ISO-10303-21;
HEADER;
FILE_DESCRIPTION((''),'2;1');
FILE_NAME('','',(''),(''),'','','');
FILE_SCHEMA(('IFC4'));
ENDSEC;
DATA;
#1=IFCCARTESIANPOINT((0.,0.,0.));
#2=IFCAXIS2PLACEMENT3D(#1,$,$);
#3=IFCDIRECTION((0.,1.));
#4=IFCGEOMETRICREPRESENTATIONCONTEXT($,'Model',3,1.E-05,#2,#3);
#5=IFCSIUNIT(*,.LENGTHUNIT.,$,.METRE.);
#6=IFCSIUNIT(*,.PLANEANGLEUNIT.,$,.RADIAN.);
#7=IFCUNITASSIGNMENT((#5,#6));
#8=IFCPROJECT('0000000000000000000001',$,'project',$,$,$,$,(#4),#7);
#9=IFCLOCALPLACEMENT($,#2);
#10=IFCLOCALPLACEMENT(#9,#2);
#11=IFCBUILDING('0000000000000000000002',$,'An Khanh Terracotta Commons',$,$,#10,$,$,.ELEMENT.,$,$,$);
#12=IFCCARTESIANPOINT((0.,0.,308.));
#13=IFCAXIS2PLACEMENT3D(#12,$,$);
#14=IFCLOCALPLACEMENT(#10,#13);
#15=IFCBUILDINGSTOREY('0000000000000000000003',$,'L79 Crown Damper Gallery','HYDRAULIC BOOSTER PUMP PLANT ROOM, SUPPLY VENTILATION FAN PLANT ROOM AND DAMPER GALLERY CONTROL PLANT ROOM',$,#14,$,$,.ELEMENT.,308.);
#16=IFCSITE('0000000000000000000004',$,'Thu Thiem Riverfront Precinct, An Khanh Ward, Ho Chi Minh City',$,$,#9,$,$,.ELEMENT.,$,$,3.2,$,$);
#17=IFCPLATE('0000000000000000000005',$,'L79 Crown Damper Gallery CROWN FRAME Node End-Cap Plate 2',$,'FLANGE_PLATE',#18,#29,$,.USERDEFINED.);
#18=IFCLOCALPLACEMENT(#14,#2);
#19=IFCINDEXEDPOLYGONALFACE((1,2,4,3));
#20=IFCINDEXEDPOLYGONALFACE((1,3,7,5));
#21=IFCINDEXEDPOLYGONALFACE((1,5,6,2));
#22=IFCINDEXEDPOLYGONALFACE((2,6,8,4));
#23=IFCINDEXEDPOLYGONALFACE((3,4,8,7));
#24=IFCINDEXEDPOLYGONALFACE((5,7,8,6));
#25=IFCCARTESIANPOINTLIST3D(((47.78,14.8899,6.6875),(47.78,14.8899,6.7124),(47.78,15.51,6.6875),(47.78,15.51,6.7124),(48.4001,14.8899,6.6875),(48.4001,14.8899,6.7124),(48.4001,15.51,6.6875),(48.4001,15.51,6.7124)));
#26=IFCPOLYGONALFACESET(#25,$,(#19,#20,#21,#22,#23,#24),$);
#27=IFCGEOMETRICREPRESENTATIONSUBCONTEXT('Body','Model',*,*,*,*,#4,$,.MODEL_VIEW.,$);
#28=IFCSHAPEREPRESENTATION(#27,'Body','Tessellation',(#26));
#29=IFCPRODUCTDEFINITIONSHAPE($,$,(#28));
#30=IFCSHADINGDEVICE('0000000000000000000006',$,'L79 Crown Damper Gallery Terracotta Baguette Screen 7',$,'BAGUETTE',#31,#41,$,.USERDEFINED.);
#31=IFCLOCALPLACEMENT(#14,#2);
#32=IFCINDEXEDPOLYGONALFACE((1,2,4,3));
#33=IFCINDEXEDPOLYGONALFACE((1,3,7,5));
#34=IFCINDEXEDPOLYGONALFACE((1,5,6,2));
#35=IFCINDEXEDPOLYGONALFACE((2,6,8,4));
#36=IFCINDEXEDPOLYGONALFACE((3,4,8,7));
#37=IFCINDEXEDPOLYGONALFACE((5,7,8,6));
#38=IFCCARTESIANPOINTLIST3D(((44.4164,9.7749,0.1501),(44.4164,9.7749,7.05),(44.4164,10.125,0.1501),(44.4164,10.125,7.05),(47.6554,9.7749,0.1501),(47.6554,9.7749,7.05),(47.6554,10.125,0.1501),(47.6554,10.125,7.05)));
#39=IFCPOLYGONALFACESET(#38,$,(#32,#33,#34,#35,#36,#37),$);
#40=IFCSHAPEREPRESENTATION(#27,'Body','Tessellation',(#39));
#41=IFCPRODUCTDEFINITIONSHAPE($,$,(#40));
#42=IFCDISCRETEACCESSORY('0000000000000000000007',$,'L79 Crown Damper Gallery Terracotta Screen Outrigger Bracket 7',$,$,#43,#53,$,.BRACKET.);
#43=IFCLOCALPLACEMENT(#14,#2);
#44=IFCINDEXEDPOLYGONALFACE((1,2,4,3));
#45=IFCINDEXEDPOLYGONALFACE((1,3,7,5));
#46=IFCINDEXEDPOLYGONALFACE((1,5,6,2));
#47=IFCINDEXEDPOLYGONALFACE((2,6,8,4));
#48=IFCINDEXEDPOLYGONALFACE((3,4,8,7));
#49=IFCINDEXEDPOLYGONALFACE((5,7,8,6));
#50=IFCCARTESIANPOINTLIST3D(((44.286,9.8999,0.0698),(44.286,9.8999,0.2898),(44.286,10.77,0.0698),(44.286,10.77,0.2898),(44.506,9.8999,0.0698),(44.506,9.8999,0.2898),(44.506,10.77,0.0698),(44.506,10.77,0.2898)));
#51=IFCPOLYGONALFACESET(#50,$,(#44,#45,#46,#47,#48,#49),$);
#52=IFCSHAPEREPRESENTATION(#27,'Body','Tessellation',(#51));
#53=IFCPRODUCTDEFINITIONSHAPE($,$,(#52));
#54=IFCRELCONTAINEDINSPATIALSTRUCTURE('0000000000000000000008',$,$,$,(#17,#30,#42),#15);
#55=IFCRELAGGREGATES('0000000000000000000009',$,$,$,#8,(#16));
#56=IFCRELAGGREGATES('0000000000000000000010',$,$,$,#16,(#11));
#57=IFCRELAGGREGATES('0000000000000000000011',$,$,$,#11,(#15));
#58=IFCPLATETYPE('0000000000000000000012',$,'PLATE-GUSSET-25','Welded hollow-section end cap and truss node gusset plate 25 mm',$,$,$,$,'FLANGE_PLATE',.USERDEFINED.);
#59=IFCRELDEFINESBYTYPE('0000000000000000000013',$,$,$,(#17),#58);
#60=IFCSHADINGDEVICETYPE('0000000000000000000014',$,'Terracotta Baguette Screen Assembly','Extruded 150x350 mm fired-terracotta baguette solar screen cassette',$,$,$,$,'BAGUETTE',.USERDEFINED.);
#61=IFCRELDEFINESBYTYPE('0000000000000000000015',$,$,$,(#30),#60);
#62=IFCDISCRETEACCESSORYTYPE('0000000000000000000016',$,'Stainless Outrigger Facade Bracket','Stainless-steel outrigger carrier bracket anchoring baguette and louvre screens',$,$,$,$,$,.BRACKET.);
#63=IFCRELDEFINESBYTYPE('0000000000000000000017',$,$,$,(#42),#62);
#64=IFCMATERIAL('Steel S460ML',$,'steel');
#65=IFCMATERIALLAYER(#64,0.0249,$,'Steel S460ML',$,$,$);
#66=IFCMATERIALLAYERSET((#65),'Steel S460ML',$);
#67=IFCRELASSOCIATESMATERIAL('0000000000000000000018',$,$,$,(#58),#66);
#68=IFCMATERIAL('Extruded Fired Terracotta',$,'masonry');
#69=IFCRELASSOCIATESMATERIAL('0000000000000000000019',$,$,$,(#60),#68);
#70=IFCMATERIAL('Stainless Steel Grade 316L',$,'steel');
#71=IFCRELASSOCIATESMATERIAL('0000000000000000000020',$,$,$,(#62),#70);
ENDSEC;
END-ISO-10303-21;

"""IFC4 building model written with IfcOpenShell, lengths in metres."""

from ifc_helpers import new_model, si_unit, direction, frame, origin, origin_2d, place, context, subcontext, project, spatial, rectangle, extrude, material, layer, layer_set, type_object, element, save


model = new_model("IFC4")

# Units and contexts
model_context = context("Model", 3, precision=1e-05, world=origin(), true_north=direction((0.0, 1.0)))
body_context = subcontext(model_context, "Body", "Model", "MODEL_VIEW")
ifc_project = project(units=[si_unit("LENGTHUNIT", "METRE"), si_unit("PLANEANGLEUNIT", "RADIAN")], contexts=[model_context])

# Site, building, storey
site_placement = place(None, origin())
site = spatial("IfcSite", under=ifc_project, at=site_placement, Name="Thu Thiem Riverfront Precinct, An Khanh Ward, Ho Chi Minh City", CompositionType="ELEMENT", RefElevation=3.2)
building_placement = place(site_placement, origin())
building = spatial("IfcBuilding", under=site, at=building_placement, Name="An Khanh Terracotta Commons", CompositionType="ELEMENT")
storey_placement = place(building_placement, frame((0.0, 0.0, 308.0)))
storey = spatial("IfcBuildingStorey", under=building, at=storey_placement, Name="L79 Crown Damper Gallery", Description="HYDRAULIC BOOSTER PUMP PLANT ROOM, SUPPLY VENTILATION FAN PLANT ROOM AND DAMPER GALLERY CONTROL PLANT ROOM", CompositionType="ELEMENT", Elevation=308.0)

# Shared definitions
ifc_material_1 = material(Name="Steel S460ML", Category="steel")

# Plate
ifc_layer_1 = layer(ifc_material_1, 0.0249, Name="Steel S460ML")
ifc_layer_set_1 = layer_set([ifc_layer_1], Name="Steel S460ML")
plate_type_1 = type_object("IfcPlateType", Name="PLATE-GUSSET-25", Description="Welded hollow-section end cap and truss node gusset plate 25 mm", ElementType="FLANGE_PLATE", PredefinedType="USERDEFINED", material=ifc_layer_set_1)
plate_1_placement = place(storey_placement, frame((48.0901, 15.2, 6.6875), z_axis=(0.0, 0.0, 1.0), x_axis=(1.0, 0.0, 0.0)))
element("IfcPlate", 1, at=plate_1_placement, inside=storey, type_object=plate_type_1, Name="L79 Crown Damper Gallery CROWN FRAME Node End-Cap Plate 2", ObjectType="FLANGE_PLATE", PredefinedType="USERDEFINED", context=body_context, shape_type="SweptSolid", body=[
    extrude(rectangle(XDim=0.6201, YDim=0.6201, at=origin_2d()), origin(), (0.0, 0.0, 1.0), 0.0249),
])

# Shading device
ifc_material_2 = material(Name="Extruded Fired Terracotta", Category="masonry")
shading_device_type = type_object("IfcShadingDeviceType", Name="Terracotta Baguette Screen Assembly", Description="Extruded 150x350 mm fired-terracotta baguette solar screen cassette", ElementType="BAGUETTE", PredefinedType="USERDEFINED", material=ifc_material_2)
shading_device_placement = place(storey_placement, frame((46.0359, 9.95, 0.1501), z_axis=(0.0, 0.0, 1.0), x_axis=(1.0, 0.0, 0.0)))
element("IfcShadingDevice", 2, at=shading_device_placement, inside=storey, type_object=shading_device_type, Name="L79 Crown Damper Gallery Terracotta Baguette Screen 7", ObjectType="BAGUETTE", PredefinedType="USERDEFINED", context=body_context, shape_type="SweptSolid", body=[
    extrude(rectangle(XDim=3.239, YDim=0.3501, at=origin_2d()), origin(), (0.0, 0.0, 1.0), 6.8999),
])

# Discrete accessory
ifc_material_3 = material(Name="Stainless Steel Grade 316L", Category="steel")
discrete_accessory_type = type_object("IfcDiscreteAccessoryType", Name="Stainless Outrigger Facade Bracket", Description="Stainless-steel outrigger carrier bracket anchoring baguette and louvre screens", PredefinedType="BRACKET", material=ifc_material_3)
discrete_accessory_placement = place(storey_placement, frame((44.396, 10.335, 0.0698), z_axis=(0.0, 0.0, 1.0), x_axis=(1.0, 0.0, 0.0)))
element("IfcDiscreteAccessory", 3, at=discrete_accessory_placement, inside=storey, type_object=discrete_accessory_type, Name="L79 Crown Damper Gallery Terracotta Screen Outrigger Bracket 7", PredefinedType="BRACKET", context=body_context, shape_type="SweptSolid", body=[
    extrude(rectangle(XDim=0.22, YDim=0.8701, at=origin_2d()), origin(), (0.0, 0.0, 1.0), 0.22),
])

save(model, "model.ifc")
